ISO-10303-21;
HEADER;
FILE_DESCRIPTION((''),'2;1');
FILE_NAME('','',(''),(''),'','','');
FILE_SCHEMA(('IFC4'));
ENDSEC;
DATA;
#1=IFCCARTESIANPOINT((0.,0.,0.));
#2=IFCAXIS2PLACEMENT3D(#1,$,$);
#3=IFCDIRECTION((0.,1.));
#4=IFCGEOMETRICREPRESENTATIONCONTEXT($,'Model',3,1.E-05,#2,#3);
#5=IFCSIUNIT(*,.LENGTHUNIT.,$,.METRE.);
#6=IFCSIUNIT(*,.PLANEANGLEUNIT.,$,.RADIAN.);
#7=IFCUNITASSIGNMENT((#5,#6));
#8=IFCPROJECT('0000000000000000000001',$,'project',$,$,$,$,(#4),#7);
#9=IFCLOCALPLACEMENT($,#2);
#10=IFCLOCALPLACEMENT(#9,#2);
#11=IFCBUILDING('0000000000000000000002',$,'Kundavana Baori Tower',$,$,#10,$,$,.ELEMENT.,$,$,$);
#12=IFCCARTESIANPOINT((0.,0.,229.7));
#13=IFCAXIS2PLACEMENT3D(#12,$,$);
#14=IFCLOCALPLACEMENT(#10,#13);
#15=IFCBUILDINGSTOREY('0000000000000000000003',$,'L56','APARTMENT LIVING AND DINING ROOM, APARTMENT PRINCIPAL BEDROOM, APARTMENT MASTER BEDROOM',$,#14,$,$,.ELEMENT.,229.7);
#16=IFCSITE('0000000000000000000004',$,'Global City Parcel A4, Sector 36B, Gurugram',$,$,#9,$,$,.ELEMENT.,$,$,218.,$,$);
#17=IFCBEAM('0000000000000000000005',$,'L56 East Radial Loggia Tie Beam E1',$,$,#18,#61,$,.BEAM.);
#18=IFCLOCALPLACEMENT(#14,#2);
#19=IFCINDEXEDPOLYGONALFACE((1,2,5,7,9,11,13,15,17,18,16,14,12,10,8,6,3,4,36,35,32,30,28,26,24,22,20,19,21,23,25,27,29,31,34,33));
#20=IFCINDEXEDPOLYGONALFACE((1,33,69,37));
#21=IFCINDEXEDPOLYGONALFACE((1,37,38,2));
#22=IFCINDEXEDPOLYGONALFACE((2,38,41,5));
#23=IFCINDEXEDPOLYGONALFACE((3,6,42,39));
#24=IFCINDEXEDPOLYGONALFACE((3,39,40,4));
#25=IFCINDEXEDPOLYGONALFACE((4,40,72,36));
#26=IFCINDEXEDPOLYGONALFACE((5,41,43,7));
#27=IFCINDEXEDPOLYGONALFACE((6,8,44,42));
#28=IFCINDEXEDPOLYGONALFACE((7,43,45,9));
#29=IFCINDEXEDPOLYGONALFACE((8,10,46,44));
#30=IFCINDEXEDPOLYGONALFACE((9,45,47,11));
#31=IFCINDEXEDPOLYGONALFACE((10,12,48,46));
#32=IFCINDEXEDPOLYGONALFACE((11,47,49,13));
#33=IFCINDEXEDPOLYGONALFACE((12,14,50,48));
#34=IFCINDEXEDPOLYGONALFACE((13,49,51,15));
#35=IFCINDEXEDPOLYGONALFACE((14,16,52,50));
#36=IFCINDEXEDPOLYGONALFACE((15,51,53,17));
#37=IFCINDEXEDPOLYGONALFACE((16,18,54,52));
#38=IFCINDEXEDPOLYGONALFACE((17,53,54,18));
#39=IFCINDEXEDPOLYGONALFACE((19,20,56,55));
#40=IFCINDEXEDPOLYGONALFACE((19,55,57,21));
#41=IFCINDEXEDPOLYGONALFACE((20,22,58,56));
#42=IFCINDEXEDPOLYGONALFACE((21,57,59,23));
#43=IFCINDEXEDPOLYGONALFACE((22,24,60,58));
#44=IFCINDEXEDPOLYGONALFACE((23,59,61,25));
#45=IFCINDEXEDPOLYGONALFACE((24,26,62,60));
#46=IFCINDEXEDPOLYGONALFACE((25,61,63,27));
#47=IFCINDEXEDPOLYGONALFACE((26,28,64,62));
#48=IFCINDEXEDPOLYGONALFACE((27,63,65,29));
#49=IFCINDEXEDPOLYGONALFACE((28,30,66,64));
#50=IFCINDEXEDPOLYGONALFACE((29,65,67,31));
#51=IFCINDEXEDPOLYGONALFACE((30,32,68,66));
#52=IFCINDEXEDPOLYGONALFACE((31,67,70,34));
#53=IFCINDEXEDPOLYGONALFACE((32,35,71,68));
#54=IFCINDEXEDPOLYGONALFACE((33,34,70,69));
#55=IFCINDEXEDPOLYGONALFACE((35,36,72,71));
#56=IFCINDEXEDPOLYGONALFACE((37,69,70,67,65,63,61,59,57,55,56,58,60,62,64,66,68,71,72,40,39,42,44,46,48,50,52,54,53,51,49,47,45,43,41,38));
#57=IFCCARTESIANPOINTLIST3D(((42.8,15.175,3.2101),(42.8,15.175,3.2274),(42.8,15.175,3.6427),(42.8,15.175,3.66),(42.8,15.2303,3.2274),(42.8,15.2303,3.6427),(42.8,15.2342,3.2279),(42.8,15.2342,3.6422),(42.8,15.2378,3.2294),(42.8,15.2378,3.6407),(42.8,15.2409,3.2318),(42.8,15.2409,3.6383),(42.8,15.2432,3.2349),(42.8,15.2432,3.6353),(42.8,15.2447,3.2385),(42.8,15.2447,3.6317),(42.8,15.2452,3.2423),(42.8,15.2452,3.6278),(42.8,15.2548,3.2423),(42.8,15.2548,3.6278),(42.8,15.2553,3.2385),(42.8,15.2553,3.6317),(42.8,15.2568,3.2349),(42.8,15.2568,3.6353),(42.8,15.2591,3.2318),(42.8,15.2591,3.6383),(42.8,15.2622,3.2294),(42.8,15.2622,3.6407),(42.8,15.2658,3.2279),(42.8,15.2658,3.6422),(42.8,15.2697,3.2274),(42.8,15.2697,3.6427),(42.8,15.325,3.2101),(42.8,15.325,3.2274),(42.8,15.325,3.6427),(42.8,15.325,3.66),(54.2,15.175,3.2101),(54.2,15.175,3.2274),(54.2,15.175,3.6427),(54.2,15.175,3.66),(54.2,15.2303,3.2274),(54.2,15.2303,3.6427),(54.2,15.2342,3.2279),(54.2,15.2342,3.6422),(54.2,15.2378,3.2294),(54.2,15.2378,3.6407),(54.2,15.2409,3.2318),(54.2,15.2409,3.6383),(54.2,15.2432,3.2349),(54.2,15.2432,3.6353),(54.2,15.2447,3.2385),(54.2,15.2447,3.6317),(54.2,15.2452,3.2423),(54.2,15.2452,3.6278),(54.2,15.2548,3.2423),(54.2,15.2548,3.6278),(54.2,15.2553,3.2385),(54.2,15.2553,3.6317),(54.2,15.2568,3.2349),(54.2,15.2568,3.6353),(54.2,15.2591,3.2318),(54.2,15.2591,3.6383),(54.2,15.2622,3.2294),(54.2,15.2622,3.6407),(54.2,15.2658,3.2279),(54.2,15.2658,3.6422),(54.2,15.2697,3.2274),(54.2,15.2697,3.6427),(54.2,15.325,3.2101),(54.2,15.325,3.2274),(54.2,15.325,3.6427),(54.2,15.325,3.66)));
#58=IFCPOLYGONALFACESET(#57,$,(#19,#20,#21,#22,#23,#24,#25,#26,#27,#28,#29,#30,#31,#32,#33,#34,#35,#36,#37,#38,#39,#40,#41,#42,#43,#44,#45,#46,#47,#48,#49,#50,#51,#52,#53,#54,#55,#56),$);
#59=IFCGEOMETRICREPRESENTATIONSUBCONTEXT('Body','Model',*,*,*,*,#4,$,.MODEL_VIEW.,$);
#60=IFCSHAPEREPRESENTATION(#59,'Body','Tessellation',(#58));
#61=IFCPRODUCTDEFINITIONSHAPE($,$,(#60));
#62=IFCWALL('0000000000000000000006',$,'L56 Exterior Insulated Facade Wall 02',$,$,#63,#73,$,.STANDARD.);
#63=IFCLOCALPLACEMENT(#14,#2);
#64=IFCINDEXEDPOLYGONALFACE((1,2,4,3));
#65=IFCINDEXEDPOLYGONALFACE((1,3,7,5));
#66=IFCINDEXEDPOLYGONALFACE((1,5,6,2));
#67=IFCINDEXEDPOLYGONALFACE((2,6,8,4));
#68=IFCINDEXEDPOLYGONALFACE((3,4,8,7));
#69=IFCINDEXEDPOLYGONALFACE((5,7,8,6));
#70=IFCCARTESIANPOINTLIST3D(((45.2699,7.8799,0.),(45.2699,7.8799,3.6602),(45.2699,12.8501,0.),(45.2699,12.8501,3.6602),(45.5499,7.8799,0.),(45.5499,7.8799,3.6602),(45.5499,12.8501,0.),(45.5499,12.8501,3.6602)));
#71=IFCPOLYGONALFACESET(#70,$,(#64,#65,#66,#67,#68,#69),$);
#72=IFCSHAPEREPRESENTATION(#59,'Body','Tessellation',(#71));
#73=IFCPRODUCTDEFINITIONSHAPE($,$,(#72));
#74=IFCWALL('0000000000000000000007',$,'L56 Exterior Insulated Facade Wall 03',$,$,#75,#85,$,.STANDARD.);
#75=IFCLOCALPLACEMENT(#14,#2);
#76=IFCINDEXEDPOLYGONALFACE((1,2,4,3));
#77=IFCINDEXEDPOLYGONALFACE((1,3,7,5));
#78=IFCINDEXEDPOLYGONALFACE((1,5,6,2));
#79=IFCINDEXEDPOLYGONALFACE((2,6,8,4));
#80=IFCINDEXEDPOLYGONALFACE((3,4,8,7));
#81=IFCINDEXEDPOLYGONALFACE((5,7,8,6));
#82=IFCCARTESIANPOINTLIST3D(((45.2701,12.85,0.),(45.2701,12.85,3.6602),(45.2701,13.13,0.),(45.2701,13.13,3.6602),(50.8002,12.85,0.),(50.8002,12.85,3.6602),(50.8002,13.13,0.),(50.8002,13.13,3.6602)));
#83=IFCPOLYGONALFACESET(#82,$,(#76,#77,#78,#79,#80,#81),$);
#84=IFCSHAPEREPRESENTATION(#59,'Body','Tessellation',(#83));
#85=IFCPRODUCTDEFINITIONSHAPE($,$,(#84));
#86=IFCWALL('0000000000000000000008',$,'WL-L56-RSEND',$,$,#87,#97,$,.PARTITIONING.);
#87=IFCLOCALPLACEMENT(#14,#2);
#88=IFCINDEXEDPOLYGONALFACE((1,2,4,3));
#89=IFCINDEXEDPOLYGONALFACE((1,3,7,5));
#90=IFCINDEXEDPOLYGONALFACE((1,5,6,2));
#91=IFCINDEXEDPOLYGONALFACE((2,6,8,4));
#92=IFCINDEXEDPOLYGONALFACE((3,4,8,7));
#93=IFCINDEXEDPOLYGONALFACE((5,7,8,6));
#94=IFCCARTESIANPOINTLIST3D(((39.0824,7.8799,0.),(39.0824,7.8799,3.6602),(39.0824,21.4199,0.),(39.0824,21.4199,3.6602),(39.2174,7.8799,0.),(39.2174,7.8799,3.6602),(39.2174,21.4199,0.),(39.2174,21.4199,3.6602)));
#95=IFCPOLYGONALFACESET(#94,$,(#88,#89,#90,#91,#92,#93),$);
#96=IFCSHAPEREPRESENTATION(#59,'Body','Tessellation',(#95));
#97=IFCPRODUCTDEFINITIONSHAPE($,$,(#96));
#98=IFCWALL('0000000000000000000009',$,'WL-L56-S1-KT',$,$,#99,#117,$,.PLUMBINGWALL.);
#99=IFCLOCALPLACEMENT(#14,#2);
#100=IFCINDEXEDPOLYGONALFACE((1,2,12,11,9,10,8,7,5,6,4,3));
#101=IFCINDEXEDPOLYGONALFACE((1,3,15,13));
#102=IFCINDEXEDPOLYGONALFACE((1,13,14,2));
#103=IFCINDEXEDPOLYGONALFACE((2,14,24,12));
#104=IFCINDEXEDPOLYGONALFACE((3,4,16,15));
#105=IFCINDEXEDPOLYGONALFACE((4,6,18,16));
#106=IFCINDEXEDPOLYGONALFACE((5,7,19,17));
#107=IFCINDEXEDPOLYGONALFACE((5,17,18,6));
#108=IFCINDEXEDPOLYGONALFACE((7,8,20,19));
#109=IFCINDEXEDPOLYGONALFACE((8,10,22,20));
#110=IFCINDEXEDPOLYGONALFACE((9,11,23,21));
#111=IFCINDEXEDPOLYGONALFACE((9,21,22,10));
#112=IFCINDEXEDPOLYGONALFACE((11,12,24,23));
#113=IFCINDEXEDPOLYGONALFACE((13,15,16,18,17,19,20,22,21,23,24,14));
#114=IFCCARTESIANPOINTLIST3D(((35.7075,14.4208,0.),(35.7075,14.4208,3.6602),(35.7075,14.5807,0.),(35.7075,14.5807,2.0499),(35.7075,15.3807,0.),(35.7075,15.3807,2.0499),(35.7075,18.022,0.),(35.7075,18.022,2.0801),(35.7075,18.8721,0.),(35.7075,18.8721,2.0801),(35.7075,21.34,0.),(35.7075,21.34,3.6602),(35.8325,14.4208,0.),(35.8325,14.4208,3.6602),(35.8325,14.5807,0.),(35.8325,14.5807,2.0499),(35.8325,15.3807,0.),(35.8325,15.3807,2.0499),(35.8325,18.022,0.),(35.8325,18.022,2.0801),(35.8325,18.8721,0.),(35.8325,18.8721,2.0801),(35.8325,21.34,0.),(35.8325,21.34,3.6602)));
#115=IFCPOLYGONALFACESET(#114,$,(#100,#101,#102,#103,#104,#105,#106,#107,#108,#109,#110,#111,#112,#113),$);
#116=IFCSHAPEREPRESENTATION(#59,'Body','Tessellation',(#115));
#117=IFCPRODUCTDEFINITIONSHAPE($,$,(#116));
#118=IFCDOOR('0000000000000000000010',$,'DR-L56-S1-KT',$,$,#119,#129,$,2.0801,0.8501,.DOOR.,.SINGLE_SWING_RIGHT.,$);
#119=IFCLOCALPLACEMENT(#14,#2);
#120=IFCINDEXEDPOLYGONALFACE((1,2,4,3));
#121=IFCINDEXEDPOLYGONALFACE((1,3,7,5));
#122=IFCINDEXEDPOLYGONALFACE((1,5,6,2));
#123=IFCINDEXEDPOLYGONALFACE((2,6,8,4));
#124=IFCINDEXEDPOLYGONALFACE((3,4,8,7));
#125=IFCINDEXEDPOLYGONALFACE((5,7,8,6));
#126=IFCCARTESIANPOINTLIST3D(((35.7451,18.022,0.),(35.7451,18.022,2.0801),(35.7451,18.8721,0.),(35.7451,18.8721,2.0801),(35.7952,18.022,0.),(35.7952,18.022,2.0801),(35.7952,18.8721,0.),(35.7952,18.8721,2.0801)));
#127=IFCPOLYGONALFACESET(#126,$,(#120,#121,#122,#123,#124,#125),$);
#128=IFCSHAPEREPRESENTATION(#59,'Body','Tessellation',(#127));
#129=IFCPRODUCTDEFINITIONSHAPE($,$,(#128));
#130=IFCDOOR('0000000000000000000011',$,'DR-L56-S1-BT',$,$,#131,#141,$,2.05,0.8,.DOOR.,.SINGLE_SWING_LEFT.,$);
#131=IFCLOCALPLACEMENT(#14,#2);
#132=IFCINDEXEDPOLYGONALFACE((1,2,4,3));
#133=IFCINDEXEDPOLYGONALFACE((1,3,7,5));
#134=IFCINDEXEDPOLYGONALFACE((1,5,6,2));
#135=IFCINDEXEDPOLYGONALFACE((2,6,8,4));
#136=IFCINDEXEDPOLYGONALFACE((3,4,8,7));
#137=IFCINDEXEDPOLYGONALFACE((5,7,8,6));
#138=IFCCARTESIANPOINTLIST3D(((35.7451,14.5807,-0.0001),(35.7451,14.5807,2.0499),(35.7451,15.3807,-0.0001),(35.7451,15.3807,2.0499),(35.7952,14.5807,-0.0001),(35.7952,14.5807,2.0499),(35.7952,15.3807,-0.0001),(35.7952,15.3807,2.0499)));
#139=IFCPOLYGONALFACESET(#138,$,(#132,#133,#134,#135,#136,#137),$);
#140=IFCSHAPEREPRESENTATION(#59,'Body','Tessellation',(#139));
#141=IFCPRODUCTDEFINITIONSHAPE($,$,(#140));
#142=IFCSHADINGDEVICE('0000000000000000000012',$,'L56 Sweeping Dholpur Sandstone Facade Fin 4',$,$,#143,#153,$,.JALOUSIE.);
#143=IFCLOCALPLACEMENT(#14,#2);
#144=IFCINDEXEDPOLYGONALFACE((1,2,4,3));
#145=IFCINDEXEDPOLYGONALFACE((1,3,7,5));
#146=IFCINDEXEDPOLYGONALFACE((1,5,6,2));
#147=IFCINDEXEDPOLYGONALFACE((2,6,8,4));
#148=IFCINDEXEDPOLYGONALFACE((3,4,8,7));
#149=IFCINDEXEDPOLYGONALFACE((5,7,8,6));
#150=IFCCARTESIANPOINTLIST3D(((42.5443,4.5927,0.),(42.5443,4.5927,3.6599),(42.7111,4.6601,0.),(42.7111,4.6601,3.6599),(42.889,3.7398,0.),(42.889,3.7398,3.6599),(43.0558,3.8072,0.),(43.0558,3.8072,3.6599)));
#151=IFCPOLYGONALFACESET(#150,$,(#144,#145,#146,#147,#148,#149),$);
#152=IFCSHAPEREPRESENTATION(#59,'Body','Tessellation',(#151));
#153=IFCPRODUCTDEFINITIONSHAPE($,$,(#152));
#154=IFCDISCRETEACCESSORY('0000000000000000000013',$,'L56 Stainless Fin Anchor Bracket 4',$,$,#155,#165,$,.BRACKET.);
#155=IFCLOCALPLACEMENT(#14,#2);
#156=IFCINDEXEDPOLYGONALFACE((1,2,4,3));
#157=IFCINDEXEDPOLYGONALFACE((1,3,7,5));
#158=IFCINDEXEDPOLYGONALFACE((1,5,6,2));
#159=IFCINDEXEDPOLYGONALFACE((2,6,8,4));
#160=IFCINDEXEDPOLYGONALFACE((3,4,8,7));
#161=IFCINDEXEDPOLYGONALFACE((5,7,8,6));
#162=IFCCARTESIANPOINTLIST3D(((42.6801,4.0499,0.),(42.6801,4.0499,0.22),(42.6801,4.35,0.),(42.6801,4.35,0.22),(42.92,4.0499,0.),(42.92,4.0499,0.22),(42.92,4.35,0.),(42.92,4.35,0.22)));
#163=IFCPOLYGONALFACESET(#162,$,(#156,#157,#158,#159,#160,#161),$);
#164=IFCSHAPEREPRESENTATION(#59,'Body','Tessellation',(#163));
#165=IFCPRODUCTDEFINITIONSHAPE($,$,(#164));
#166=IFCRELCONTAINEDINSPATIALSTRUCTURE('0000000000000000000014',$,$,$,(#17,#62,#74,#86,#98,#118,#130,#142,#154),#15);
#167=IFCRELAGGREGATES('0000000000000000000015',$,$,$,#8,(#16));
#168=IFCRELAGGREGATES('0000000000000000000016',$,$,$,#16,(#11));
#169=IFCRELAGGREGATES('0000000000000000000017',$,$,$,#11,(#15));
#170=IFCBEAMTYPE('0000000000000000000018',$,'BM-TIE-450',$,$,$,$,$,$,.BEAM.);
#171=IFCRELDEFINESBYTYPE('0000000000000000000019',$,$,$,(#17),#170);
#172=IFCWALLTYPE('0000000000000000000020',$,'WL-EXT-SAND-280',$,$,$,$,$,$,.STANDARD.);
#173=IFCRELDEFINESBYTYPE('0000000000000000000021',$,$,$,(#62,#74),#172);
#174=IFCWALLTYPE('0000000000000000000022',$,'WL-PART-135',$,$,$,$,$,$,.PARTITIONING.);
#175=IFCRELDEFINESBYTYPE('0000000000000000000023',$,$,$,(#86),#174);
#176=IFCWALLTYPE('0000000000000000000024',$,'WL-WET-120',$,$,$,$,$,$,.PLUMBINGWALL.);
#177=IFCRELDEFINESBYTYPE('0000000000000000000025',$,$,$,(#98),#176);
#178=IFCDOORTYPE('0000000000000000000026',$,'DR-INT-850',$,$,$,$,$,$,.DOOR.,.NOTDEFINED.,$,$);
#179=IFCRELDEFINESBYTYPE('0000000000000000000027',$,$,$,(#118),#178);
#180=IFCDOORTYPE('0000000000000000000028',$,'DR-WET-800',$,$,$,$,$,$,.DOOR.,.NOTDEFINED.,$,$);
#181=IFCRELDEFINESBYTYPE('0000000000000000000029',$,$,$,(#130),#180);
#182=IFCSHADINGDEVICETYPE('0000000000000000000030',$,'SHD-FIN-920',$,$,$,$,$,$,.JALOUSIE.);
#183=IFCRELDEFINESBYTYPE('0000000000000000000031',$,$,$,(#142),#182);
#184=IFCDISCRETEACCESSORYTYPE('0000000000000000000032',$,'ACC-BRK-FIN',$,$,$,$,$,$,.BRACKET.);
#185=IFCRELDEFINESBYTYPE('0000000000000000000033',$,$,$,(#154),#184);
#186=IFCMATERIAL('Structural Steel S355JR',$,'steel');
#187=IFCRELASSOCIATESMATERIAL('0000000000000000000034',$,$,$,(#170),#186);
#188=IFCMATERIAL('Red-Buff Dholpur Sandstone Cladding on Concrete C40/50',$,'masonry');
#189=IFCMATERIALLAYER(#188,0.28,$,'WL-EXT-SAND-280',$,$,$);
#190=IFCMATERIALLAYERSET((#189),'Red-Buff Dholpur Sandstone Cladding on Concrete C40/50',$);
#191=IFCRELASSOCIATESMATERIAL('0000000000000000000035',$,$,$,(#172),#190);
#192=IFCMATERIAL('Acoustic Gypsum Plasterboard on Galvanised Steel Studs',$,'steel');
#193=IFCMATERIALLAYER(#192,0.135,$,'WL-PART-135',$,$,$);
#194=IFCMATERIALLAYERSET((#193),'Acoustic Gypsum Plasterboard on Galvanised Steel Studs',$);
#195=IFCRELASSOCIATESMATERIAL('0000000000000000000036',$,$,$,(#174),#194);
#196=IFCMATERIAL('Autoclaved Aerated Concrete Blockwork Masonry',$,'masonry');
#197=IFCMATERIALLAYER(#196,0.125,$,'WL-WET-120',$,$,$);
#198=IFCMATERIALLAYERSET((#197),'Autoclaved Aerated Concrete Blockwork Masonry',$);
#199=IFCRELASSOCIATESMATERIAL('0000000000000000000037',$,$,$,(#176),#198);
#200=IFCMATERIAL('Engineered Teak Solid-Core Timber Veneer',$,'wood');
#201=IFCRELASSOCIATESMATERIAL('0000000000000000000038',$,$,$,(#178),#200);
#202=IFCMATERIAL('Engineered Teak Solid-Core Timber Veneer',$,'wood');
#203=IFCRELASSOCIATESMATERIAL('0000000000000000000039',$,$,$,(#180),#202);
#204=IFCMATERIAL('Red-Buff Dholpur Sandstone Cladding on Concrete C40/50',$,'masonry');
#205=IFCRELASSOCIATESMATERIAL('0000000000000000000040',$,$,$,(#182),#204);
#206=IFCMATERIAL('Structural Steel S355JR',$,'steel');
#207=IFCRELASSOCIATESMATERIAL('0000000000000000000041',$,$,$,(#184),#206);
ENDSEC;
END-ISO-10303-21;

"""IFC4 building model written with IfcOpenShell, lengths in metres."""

from ifc_helpers import new_model, si_unit, direction, frame, frame_2d, origin, origin_2d, place, context, subcontext, project, spatial, rectangle, i_section, extrude, material, layer, layer_set, material_profile, profile_set, type_object, element, fill, save


model = new_model("IFC4")

# Units and contexts
model_context = context("Model", 3, precision=1e-05, world=origin(), true_north=direction((0.0, 1.0)))
body_context = subcontext(model_context, "Body", "Model", "MODEL_VIEW")
ifc_project = project(units=[si_unit("LENGTHUNIT", "METRE"), si_unit("PLANEANGLEUNIT", "RADIAN")], contexts=[model_context])

# Site, building, storey
site_placement = place(None, origin())
site = spatial("IfcSite", under=ifc_project, at=site_placement, Name="Global City Parcel A4, Sector 36B, Gurugram", CompositionType="ELEMENT", RefElevation=218.0)
building_placement = place(site_placement, origin())
building = spatial("IfcBuilding", under=site, at=building_placement, Name="Kundavana Baori Tower", CompositionType="ELEMENT")
storey_placement = place(building_placement, frame((0.0, 0.0, 229.7)))
storey = spatial("IfcBuildingStorey", under=building, at=storey_placement, Name="L56", Description="APARTMENT LIVING AND DINING ROOM, APARTMENT PRINCIPAL BEDROOM, APARTMENT MASTER BEDROOM", CompositionType="ELEMENT", Elevation=229.7)

# Beam
ifc_material_1 = material(Name="Structural Steel S355JR", Category="steel")
ifc_material_profile_1 = material_profile(ifc_material_1, i_section(OverallWidth=0.1499, OverallDepth=0.45, WebThickness=0.0095, FlangeThickness=0.0173, FilletRadius=0.0149, at=origin_2d()), Name="ISMB 450")
ifc_profile_set_1 = profile_set([ifc_material_profile_1], Name="Structural Steel S355JR")
beam_type_1 = type_object("IfcBeamType", Name="BM-TIE-450", PredefinedType="BEAM", material=ifc_profile_set_1)
beam_1_placement = place(storey_placement, frame((42.8, 15.25, 3.4351), z_axis=(1.0, 0.0, 0.0), x_axis=(0.0, 1.0, 0.0)))
element("IfcBeam", 1, at=beam_1_placement, inside=storey, type_object=beam_type_1, Name="L56 East Radial Loggia Tie Beam E1", PredefinedType="BEAM", context=body_context, shape_type="SweptSolid", body=[
    extrude(i_section(OverallWidth=0.1499, OverallDepth=0.45, WebThickness=0.0095, FlangeThickness=0.0173, FilletRadius=0.0149, at=origin_2d()), origin(), (0.0, 0.0, 1.0), 11.3999),
])

# Walls
ifc_material_2 = material(Name="Red-Buff Dholpur Sandstone Cladding on Concrete C40/50", Category="masonry")
ifc_layer_1 = layer(ifc_material_2, 0.28, Name="WL-EXT-SAND-280")
ifc_layer_set_1 = layer_set([ifc_layer_1], Name="Red-Buff Dholpur Sandstone Cladding on Concrete C40/50")
wall_type_1 = type_object("IfcWallType", Name="WL-EXT-SAND-280", PredefinedType="STANDARD", material=ifc_layer_set_1)
wall_1_placement = place(storey_placement, frame((45.4099, 7.8799, 0.0), z_axis=(0.0, 0.0, 1.0), x_axis=(0.0, 1.0, 0.0)))
element("IfcWall", 2, at=wall_1_placement, inside=storey, type_object=wall_type_1, Name="L56 Exterior Insulated Facade Wall 02", PredefinedType="STANDARD", context=body_context, shape_type="SweptSolid", body=[
    extrude(rectangle(XDim=4.9702, YDim=0.28, at=frame_2d((2.4851, 0.0))), origin(), (0.0, 0.0, 1.0), 3.6602),
])
wall_2_placement = place(storey_placement, frame((45.27, 12.99, 0.0), z_axis=(0.0, 0.0, 1.0), x_axis=(1.0, 0.0, 0.0)))
element("IfcWall", 3, at=wall_2_placement, inside=storey, type_object=wall_type_1, Name="L56 Exterior Insulated Facade Wall 03", PredefinedType="STANDARD", context=body_context, shape_type="SweptSolid", body=[
    extrude(rectangle(XDim=5.53, YDim=0.28, at=frame_2d((2.7651, 0.0))), origin(), (0.0, 0.0, 1.0), 3.6602),
])

# Wall
ifc_material_3 = material(Name="Acoustic Gypsum Plasterboard on Galvanised Steel Studs", Category="steel")
ifc_layer_2 = layer(ifc_material_3, 0.135, Name="WL-PART-135")
ifc_layer_set_2 = layer_set([ifc_layer_2], Name="Acoustic Gypsum Plasterboard on Galvanised Steel Studs")
wall_type_2 = type_object("IfcWallType", Name="WL-PART-135", PredefinedType="PARTITIONING", material=ifc_layer_set_2)
wall_3_placement = place(storey_placement, frame((39.1499, 7.8799, 0.0), z_axis=(0.0, 0.0, 1.0), x_axis=(0.0, 1.0, 0.0)))
element("IfcWall", 4, at=wall_3_placement, inside=storey, type_object=wall_type_2, Name="WL-L56-RSEND", PredefinedType="PARTITIONING", context=body_context, shape_type="SweptSolid", body=[
    extrude(rectangle(XDim=13.54, YDim=0.135, at=frame_2d((6.77, 0.0))), origin(), (0.0, 0.0, 1.0), 3.6602),
])

# Wall, openings, doors
ifc_material_4 = material(Name="Autoclaved Aerated Concrete Blockwork Masonry", Category="masonry")
ifc_layer_3 = layer(ifc_material_4, 0.125, Name="WL-WET-120")
ifc_layer_set_3 = layer_set([ifc_layer_3], Name="Autoclaved Aerated Concrete Blockwork Masonry")
wall_type_3 = type_object("IfcWallType", Name="WL-WET-120", PredefinedType="PLUMBINGWALL", material=ifc_layer_set_3)
wall_4_placement = place(storey_placement, frame((35.77, 14.4209, 0.0), z_axis=(0.0, 0.0, 1.0), x_axis=(0.0, 1.0, 0.0)))
wall_4 = element("IfcWall", 5, at=wall_4_placement, inside=storey, type_object=wall_type_3, Name="WL-L56-S1-KT", PredefinedType="PLUMBINGWALL", context=body_context, shape_type="SweptSolid", body=[
    extrude(rectangle(XDim=6.9192, YDim=0.125, at=frame_2d((3.4595, 0.0))), origin(), (0.0, 0.0, 1.0), 3.6602),
])
opening_1_placement = place(wall_4_placement, frame((0.1599, 0.0, 0.0)))
opening_1 = element("IfcOpeningElement", 6, at=opening_1_placement, cuts=wall_4, PredefinedType="OPENING", context=body_context, shape_type="SweptSolid", body=[
    extrude(rectangle(XDim=0.8, YDim=2.05, at=frame_2d((0.3999, 1.0249))), frame((0.0, 0.0725, 0.0), z_axis=(0.0, -1.0, 0.0), x_axis=(1.0, 0.0, 0.0)), (0.0, 0.0, 1.0), 0.145),
])
opening_2_placement = place(wall_4_placement, frame((3.6011, 0.0, 0.0)))
opening_2 = element("IfcOpeningElement", 7, at=opening_2_placement, cuts=wall_4, PredefinedType="OPENING", context=body_context, shape_type="SweptSolid", body=[
    extrude(rectangle(XDim=0.8501, YDim=2.0801, at=frame_2d((0.425, 1.04))), frame((0.0, 0.0725, 0.0), z_axis=(0.0, -1.0, 0.0), x_axis=(1.0, 0.0, 0.0)), (0.0, 0.0, 1.0), 0.145),
])
ifc_material_5 = material(Name="Engineered Teak Solid-Core Timber Veneer", Category="wood")
door_type_1 = type_object("IfcDoorType", Name="DR-INT-850", OperationType="NOTDEFINED", PredefinedType="DOOR", material=ifc_material_5)
door_1_placement = place(opening_2_placement, origin())
door_1 = element("IfcDoor", 8, at=door_1_placement, inside=storey, type_object=door_type_1, Name="DR-L56-S1-KT", OperationType="SINGLE_SWING_RIGHT", OverallHeight=2.0801, OverallWidth=0.8501, PredefinedType="DOOR", context=body_context, shape_type="SweptSolid", body=[
    extrude(rectangle(XDim=0.8501, YDim=2.0801, at=frame_2d((0.425, 1.04))), frame((0.0, 0.0249, 0.0), z_axis=(0.0, -1.0, 0.0), x_axis=(1.0, 0.0, 0.0)), (0.0, 0.0, 1.0), 0.05),
])
fill(opening_2, door_1)
ifc_material_6 = material(Name="Engineered Teak Solid-Core Timber Veneer", Category="wood")
door_type_2 = type_object("IfcDoorType", Name="DR-WET-800", OperationType="NOTDEFINED", PredefinedType="DOOR", material=ifc_material_6)
door_2_placement = place(opening_1_placement, origin())
door_2 = element("IfcDoor", 9, at=door_2_placement, inside=storey, type_object=door_type_2, Name="DR-L56-S1-BT", OperationType="SINGLE_SWING_LEFT", OverallHeight=2.05, OverallWidth=0.8, PredefinedType="DOOR", context=body_context, shape_type="SweptSolid", body=[
    extrude(rectangle(XDim=0.8, YDim=2.05, at=frame_2d((0.3999, 1.0249))), frame((0.0, 0.0249, 0.0), z_axis=(0.0, -1.0, 0.0), x_axis=(1.0, 0.0, 0.0)), (0.0, 0.0, 1.0), 0.05),
])
fill(opening_1, door_2)

# Shading device
ifc_material_7 = material(Name="Red-Buff Dholpur Sandstone Cladding on Concrete C40/50", Category="masonry")
shading_device_type = type_object("IfcShadingDeviceType", Name="SHD-FIN-920", PredefinedType="JALOUSIE", material=ifc_material_7)
shading_device_placement = place(storey_placement, frame((42.8, 4.2, 0.0), z_axis=(0.0, 0.0, 1.0), x_axis=(0.927118, 0.374768, 0.0)))
element("IfcShadingDevice", 10, at=shading_device_placement, inside=storey, type_object=shading_device_type, Name="L56 Sweeping Dholpur Sandstone Facade Fin 4", PredefinedType="JALOUSIE", context=body_context, shape_type="SweptSolid", body=[
    extrude(rectangle(XDim=0.1799, YDim=0.9199, at=origin_2d()), origin(), (0.0, 0.0, 1.0), 3.6599),
])

# Discrete accessory
ifc_material_8 = material(Name="Structural Steel S355JR", Category="steel")
discrete_accessory_type = type_object("IfcDiscreteAccessoryType", Name="ACC-BRK-FIN", PredefinedType="BRACKET", material=ifc_material_8)
discrete_accessory_placement = place(storey_placement, frame((42.8, 4.2, 0.0), z_axis=(0.0, 0.0, 1.0), x_axis=(1.0, 0.0, 0.0)))
element("IfcDiscreteAccessory", 11, at=discrete_accessory_placement, inside=storey, type_object=discrete_accessory_type, Name="L56 Stainless Fin Anchor Bracket 4", PredefinedType="BRACKET", context=body_context, shape_type="SweptSolid", body=[
    extrude(rectangle(XDim=0.24, YDim=0.3, at=origin_2d()), origin(), (0.0, 0.0, 1.0), 0.22),
])

save(model, "model.ifc")
